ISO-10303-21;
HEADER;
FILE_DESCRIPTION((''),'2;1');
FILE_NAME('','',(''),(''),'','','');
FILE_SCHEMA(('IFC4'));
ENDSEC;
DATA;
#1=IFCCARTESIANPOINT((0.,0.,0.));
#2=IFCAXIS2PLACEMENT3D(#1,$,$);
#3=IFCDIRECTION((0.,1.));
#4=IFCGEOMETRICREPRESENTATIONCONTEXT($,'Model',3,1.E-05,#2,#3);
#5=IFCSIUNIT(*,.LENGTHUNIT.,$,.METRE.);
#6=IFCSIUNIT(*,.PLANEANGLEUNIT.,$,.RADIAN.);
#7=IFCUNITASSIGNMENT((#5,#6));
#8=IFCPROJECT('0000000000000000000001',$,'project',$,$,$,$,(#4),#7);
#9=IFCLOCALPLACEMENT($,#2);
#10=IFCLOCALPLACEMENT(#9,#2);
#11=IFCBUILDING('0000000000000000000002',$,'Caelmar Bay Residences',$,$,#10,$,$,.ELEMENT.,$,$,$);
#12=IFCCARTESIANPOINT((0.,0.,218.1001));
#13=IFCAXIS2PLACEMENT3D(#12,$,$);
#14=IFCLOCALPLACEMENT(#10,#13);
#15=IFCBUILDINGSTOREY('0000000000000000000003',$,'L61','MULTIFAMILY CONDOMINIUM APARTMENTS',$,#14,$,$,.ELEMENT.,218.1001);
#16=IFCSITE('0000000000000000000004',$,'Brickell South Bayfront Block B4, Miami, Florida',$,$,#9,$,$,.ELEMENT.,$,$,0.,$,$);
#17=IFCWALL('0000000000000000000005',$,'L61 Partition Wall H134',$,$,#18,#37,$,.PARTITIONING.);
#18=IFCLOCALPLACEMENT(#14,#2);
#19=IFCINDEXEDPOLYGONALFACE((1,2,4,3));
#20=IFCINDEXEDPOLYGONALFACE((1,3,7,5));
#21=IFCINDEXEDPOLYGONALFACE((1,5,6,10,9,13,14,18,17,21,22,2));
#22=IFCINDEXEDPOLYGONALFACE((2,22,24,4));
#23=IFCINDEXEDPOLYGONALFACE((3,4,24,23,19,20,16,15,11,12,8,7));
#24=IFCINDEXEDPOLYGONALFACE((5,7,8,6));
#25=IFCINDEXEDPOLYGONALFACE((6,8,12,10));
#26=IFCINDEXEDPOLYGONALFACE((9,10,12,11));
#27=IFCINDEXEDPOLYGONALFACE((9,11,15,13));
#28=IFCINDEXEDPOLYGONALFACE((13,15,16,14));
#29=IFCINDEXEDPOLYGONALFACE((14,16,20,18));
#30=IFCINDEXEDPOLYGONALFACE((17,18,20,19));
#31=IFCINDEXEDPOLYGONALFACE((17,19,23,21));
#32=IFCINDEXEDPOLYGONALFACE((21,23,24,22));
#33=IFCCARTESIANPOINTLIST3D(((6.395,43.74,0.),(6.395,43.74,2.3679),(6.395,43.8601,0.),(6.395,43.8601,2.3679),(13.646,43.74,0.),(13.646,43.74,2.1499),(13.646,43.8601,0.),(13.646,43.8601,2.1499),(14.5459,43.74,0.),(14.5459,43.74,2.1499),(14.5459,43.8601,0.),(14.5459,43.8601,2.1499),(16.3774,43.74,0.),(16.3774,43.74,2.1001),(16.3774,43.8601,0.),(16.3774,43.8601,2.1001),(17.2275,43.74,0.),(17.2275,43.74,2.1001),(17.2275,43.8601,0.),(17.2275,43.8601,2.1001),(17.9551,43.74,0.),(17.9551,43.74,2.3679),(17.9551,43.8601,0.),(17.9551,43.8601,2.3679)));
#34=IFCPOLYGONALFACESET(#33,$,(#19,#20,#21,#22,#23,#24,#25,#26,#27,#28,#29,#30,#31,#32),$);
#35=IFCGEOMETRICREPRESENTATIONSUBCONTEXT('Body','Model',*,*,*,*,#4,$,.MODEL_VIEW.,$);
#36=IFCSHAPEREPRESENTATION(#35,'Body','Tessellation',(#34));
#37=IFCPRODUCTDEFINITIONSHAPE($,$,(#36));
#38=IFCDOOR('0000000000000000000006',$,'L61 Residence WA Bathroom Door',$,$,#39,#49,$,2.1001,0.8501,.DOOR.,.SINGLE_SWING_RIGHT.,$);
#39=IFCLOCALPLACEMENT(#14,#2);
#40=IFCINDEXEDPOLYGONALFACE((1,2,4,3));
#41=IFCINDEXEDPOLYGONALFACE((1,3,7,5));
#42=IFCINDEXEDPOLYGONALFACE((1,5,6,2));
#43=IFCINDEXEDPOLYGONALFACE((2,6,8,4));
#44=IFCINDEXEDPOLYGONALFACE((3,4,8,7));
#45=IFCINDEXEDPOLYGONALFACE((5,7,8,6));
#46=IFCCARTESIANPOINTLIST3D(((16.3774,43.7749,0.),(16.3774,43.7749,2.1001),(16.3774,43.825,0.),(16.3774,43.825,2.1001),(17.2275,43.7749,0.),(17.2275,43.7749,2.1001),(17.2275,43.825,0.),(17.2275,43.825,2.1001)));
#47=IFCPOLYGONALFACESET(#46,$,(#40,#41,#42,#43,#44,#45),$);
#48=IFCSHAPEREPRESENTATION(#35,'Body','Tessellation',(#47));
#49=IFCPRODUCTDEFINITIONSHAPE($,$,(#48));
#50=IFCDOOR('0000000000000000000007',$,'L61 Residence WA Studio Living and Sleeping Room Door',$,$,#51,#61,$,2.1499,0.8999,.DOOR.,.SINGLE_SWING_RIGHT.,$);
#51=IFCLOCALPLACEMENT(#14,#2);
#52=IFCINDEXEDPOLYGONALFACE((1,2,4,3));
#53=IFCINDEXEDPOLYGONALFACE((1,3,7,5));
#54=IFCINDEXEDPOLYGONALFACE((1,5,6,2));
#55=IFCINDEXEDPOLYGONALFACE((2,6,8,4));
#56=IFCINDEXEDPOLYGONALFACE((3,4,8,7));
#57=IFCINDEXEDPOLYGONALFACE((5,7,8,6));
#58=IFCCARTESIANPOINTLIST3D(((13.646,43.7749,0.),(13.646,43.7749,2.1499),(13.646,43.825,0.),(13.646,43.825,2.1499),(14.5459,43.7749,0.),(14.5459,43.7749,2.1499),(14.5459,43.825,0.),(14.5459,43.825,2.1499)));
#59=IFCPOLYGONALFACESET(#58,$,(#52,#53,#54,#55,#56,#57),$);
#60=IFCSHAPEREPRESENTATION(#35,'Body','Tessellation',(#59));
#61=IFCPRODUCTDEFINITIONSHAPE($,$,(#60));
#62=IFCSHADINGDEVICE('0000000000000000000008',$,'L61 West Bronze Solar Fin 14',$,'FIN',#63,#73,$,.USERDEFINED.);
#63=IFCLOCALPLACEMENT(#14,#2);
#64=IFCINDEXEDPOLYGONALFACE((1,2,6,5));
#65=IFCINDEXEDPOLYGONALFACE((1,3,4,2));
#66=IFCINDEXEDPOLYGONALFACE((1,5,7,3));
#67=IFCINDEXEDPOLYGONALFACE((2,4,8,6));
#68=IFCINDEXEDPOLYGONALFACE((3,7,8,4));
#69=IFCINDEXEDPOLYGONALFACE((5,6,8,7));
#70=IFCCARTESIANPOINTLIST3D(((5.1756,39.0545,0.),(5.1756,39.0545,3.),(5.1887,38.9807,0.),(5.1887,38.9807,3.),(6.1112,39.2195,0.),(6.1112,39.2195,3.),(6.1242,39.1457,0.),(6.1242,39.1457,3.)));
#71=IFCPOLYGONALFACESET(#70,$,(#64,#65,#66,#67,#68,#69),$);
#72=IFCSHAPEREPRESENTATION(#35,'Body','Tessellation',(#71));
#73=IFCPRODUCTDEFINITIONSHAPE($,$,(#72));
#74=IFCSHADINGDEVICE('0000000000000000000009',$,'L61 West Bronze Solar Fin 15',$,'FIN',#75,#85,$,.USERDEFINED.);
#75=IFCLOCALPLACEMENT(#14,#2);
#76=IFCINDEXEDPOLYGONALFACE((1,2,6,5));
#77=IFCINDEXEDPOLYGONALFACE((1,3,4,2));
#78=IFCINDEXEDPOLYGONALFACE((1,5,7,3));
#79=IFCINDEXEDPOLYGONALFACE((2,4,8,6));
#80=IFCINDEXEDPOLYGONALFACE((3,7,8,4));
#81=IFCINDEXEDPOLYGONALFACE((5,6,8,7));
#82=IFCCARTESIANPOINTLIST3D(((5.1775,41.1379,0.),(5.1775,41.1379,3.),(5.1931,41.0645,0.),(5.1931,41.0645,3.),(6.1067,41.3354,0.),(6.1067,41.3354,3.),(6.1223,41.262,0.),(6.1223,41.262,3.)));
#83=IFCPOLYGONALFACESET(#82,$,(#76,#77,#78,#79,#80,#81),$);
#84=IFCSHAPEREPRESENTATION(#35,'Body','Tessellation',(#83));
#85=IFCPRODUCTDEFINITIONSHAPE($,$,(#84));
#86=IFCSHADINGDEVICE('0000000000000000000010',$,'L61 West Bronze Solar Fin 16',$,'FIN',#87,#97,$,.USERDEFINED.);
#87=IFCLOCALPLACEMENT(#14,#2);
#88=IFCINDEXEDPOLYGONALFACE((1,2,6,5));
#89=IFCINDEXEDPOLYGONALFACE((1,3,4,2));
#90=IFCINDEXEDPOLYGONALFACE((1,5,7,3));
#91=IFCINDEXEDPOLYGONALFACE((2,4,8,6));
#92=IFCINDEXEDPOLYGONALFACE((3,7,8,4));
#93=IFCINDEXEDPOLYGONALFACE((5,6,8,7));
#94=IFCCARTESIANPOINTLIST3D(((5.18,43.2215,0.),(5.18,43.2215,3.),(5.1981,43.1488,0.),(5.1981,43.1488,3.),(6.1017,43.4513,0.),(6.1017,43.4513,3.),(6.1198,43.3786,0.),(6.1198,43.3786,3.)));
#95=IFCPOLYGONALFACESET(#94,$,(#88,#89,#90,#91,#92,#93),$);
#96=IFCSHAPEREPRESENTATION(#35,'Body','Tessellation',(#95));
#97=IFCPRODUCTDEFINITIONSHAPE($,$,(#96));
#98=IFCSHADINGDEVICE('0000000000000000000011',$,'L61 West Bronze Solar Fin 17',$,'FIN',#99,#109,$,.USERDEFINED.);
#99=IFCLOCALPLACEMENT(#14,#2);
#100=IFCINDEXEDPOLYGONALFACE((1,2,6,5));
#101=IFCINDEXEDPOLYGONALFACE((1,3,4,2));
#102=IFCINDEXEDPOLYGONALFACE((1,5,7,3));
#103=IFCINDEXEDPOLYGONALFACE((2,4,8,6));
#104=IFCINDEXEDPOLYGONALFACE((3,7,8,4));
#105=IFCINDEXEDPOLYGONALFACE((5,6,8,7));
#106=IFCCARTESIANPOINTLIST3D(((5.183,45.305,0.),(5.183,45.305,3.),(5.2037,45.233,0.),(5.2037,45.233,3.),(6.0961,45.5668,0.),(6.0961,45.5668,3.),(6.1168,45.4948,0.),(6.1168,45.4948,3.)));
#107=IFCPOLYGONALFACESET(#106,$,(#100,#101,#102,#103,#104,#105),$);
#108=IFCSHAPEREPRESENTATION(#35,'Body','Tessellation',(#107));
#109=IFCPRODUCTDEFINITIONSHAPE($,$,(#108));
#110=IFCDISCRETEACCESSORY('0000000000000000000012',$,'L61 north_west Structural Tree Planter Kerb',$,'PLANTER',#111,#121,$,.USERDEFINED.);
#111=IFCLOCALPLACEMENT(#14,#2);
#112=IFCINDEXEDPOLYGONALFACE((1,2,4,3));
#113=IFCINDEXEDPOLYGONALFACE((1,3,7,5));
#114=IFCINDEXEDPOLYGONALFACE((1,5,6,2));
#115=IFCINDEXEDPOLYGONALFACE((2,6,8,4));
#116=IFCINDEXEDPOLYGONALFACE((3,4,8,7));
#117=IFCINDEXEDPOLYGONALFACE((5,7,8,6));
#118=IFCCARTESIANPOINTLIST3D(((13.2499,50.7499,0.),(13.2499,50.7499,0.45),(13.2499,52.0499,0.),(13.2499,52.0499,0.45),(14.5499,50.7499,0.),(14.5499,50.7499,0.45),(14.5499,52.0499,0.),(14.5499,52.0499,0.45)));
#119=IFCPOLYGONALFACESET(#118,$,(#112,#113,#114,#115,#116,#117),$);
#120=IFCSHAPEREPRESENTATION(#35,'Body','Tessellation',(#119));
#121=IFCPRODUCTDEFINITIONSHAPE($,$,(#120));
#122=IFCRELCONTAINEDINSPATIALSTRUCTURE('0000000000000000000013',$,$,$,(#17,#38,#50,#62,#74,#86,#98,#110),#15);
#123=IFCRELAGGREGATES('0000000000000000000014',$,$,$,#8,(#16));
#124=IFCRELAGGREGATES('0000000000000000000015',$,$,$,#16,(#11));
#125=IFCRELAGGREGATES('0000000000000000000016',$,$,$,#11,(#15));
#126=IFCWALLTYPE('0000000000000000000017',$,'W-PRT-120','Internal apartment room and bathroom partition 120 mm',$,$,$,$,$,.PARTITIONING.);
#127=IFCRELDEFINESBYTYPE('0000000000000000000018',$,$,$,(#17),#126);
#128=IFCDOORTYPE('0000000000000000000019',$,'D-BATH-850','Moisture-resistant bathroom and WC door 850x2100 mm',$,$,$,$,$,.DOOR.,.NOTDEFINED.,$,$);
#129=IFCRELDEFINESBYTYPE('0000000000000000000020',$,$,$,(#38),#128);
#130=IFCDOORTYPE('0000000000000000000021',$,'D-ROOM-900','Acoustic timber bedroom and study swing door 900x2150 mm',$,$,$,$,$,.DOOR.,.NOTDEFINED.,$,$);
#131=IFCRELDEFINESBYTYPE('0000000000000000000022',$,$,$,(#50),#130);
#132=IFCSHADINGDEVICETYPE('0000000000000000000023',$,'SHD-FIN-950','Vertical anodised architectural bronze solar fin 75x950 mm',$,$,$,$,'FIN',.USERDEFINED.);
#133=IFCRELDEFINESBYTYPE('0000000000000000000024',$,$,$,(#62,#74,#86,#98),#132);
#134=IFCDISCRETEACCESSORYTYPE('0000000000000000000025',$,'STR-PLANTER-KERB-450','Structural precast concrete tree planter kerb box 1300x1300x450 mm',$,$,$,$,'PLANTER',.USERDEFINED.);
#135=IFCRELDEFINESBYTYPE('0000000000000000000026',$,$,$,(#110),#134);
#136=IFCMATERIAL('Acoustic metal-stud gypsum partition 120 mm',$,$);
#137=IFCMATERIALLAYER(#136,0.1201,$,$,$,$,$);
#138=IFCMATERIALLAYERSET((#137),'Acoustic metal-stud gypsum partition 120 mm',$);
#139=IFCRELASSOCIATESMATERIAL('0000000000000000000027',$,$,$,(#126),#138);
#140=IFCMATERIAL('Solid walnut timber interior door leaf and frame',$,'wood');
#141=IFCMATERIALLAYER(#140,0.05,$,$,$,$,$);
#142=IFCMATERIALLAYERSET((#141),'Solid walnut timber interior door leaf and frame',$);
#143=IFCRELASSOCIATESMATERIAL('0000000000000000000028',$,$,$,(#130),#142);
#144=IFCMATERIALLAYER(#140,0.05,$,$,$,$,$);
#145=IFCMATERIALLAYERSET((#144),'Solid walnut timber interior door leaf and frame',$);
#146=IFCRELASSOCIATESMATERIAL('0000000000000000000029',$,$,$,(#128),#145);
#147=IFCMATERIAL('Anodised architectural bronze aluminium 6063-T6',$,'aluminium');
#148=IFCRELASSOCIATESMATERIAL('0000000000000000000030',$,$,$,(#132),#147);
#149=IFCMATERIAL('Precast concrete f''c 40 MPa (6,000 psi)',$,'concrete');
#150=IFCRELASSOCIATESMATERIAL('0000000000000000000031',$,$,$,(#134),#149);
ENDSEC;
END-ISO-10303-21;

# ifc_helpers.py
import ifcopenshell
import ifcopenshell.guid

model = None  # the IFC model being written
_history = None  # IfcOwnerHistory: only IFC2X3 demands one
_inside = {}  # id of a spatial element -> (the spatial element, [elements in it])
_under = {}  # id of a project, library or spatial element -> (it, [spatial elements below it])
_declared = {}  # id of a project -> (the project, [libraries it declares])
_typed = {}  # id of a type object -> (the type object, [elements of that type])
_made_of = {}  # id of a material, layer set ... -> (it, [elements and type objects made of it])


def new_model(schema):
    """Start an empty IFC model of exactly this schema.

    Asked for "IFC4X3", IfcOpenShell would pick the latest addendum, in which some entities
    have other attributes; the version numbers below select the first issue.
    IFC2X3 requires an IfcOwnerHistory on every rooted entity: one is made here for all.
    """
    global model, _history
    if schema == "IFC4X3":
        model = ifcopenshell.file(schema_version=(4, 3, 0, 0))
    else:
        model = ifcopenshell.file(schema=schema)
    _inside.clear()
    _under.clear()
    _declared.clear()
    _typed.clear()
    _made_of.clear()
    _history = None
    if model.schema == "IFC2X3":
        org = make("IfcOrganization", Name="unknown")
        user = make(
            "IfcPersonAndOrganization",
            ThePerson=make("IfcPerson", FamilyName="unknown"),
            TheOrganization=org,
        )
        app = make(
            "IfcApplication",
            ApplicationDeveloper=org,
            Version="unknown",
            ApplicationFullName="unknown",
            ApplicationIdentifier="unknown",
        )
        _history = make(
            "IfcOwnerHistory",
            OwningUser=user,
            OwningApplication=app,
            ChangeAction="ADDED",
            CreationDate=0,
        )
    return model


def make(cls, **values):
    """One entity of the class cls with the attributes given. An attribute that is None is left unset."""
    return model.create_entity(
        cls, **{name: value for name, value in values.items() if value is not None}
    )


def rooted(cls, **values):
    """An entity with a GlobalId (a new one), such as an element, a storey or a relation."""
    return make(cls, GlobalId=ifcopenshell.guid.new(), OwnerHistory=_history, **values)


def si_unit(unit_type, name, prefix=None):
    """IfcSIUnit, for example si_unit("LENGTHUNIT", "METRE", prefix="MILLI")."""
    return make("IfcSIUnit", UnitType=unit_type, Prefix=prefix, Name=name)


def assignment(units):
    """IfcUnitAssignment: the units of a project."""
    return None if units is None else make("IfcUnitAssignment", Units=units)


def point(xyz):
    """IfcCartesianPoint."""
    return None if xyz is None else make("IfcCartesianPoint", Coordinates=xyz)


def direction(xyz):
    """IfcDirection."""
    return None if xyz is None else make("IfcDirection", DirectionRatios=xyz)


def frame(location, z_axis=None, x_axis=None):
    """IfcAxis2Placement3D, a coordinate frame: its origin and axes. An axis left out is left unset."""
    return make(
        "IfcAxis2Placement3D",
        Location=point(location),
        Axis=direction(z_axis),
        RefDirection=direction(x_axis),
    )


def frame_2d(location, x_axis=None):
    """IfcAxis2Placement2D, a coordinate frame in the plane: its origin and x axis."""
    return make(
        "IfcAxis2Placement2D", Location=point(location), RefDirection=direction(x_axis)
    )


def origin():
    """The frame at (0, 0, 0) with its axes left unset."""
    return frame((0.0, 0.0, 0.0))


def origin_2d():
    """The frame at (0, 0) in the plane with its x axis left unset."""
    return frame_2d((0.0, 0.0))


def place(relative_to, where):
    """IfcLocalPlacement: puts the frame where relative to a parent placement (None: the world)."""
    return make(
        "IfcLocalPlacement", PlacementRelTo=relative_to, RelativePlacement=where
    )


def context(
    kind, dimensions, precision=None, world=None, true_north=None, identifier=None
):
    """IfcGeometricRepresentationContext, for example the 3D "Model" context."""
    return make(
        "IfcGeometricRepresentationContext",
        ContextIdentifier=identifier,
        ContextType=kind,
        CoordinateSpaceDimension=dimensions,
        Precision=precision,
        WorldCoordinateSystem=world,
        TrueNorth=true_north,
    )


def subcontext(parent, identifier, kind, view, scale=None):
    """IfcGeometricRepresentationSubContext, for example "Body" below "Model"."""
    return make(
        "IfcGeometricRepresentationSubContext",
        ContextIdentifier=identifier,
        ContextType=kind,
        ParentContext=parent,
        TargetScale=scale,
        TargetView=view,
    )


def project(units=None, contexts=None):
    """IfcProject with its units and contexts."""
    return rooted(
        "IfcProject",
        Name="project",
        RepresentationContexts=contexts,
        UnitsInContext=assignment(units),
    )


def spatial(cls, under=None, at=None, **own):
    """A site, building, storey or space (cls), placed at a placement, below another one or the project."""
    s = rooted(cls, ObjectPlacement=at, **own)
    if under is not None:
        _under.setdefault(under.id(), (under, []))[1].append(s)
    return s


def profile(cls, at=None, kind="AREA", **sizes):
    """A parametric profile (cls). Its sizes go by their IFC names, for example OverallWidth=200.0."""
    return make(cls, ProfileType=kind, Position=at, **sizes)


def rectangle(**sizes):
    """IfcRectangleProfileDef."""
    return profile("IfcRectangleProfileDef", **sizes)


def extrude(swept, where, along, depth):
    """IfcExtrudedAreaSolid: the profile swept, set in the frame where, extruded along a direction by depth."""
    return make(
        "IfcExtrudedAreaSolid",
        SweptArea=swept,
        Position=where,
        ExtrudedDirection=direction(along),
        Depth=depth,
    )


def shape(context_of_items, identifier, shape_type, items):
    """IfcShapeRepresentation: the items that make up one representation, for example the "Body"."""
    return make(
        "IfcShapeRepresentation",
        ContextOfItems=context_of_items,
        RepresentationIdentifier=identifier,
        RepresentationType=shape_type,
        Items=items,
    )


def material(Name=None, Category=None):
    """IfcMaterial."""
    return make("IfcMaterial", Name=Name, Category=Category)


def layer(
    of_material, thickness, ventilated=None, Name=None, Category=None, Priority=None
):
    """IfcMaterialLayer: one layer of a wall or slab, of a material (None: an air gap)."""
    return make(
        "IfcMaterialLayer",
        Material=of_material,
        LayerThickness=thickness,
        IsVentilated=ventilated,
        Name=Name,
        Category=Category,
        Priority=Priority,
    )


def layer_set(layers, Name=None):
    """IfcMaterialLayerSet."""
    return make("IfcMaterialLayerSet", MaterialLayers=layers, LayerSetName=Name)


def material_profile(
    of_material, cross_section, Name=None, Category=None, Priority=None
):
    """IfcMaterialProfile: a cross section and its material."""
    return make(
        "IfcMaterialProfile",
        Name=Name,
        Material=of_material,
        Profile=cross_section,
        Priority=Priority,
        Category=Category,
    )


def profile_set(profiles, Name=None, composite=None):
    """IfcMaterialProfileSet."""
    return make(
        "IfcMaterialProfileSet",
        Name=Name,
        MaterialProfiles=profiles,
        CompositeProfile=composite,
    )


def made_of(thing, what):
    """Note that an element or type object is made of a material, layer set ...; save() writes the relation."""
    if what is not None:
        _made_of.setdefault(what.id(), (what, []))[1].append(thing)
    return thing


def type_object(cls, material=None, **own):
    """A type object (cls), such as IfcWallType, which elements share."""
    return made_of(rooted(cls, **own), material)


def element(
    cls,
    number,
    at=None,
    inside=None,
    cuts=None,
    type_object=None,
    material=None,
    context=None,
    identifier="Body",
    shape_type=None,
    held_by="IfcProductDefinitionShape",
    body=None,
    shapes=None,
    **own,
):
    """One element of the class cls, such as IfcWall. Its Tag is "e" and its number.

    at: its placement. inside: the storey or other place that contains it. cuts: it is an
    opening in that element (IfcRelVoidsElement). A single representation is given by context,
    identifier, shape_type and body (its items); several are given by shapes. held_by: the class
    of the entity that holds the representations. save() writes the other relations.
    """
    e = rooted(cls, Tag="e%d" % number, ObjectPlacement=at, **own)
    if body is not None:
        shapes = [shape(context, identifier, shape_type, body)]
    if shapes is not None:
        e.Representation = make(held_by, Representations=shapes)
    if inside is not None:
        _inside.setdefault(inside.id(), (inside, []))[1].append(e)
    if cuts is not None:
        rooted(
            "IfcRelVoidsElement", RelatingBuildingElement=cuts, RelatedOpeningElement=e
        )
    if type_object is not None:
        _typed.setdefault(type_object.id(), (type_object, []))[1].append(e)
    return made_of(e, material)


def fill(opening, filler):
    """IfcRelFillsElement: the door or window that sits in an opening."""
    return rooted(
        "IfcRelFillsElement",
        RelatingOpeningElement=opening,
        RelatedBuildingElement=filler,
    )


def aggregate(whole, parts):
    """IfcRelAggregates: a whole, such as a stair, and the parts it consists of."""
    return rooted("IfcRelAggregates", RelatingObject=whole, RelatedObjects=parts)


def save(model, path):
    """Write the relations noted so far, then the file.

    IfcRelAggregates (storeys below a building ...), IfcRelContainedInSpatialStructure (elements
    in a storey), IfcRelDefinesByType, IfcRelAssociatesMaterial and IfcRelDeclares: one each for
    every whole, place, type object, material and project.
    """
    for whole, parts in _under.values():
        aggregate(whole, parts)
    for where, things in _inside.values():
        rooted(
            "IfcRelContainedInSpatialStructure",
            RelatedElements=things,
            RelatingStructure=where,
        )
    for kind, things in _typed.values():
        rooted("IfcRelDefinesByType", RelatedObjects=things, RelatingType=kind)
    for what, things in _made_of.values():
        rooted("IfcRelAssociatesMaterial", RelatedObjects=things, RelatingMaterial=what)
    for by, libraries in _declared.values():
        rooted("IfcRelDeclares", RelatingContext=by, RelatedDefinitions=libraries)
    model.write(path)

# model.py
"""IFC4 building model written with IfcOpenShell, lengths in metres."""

from ifc_helpers import new_model, si_unit, direction, frame, frame_2d, origin, origin_2d, place, context, subcontext, project, spatial, rectangle, extrude, material, layer, layer_set, material_profile, profile_set, type_object, element, fill, save


model = new_model("IFC4")

# Units and contexts
model_context = context("Model", 3, precision=1e-05, world=origin(), true_north=direction((0.0, 1.0)))
body_context = subcontext(model_context, "Body", "Model", "MODEL_VIEW")
ifc_project = project(units=[si_unit("LENGTHUNIT", "METRE"), si_unit("PLANEANGLEUNIT", "RADIAN")], contexts=[model_context])

# Site, building, storey
site_placement = place(None, origin())
site = spatial("IfcSite", under=ifc_project, at=site_placement, Name="Brickell South Bayfront Block B4, Miami, Florida", CompositionType="ELEMENT", RefElevation=0.0)
building_placement = place(site_placement, origin())
building = spatial("IfcBuilding", under=site, at=building_placement, Name="Caelmar Bay Residences", CompositionType="ELEMENT")
storey_placement = place(building_placement, frame((0.0, 0.0, 218.1001)))
storey = spatial("IfcBuildingStorey", under=building, at=storey_placement, Name="L61", Description="MULTIFAMILY CONDOMINIUM APARTMENTS", CompositionType="ELEMENT", Elevation=218.1001)

# Shared definitions
ifc_material_1 = material(Name="Precast concrete f'c 40 MPa (6,000 psi)", Category="concrete")

# Shared definitions
ifc_material_2 = material(Name="Acoustic metal-stud gypsum partition 120 mm")
ifc_layer_1 = layer(ifc_material_2, 0.1201)
ifc_layer_set_1 = layer_set([ifc_layer_1], Name="Acoustic metal-stud gypsum partition 120 mm")
wall_type_1 = type_object("IfcWallType", Name="W-PRT-120", Description="Internal apartment room and bathroom partition 120 mm", PredefinedType="PARTITIONING", material=ifc_layer_set_1)
ifc_material_3 = material(Name="Solid walnut timber interior door leaf and frame", Category="wood")
ifc_layer_2 = layer(ifc_material_3, 0.05)
ifc_layer_set_2 = layer_set([ifc_layer_2], Name="Solid walnut timber interior door leaf and frame")
door_type_1 = type_object("IfcDoorType", Name="D-ROOM-900", Description="Acoustic timber bedroom and study swing door 900x2150 mm", OperationType="NOTDEFINED", PredefinedType="DOOR", material=ifc_layer_set_2)

# Wall, openings, doors
wall_1_placement = place(storey_placement, frame((6.395, 43.8, 0.0), z_axis=(0.0, 0.0, 1.0), x_axis=(1.0, 0.0, 0.0)))
wall_1 = element("IfcWall", 1, at=wall_1_placement, inside=storey, type_object=wall_type_1, Name="L61 Partition Wall H134", PredefinedType="PARTITIONING", context=body_context, shape_type="SweptSolid", body=[
    extrude(rectangle(XDim=11.5601, YDim=0.1201, at=frame_2d((5.78, 0.0))), origin(), (0.0, 0.0, 1.0), 2.3679),
])
opening_1_placement = place(wall_1_placement, frame((7.251, 0.0, 0.0)))
opening_1 = element("IfcOpeningElement", 2, at=opening_1_placement, cuts=wall_1, PredefinedType="OPENING", context=body_context, shape_type="SweptSolid", body=[
    extrude(rectangle(XDim=0.8999, YDim=2.1499, at=frame_2d((0.45, 1.075))), frame((0.0, 0.0701, 0.0), z_axis=(0.0, -1.0, 0.0), x_axis=(1.0, 0.0, 0.0)), (0.0, 0.0, 1.0), 0.1401),
])
opening_2_placement = place(wall_1_placement, frame((9.9824, 0.0, 0.0)))
opening_2 = element("IfcOpeningElement", 3, at=opening_2_placement, cuts=wall_1, PredefinedType="OPENING", context=body_context, shape_type="SweptSolid", body=[
    extrude(rectangle(XDim=0.8501, YDim=2.1001, at=frame_2d((0.425, 1.05))), frame((0.0, 0.0701, 0.0), z_axis=(0.0, -1.0, 0.0), x_axis=(1.0, 0.0, 0.0)), (0.0, 0.0, 1.0), 0.1401),
])
ifc_layer_3 = layer(ifc_material_3, 0.05)
ifc_layer_set_3 = layer_set([ifc_layer_3], Name="Solid walnut timber interior door leaf and frame")
door_type_2 = type_object("IfcDoorType", Name="D-BATH-850", Description="Moisture-resistant bathroom and WC door 850x2100 mm", OperationType="NOTDEFINED", PredefinedType="DOOR", material=ifc_layer_set_3)
door_1_placement = place(opening_2_placement, origin())
door_1 = element("IfcDoor", 4, at=door_1_placement, inside=storey, type_object=door_type_2, Name="L61 Residence WA Bathroom Door", OperationType="SINGLE_SWING_RIGHT", OverallHeight=2.1001, OverallWidth=0.8501, PredefinedType="DOOR", context=body_context, shape_type="SweptSolid", body=[
    extrude(rectangle(XDim=0.8501, YDim=2.1001, at=frame_2d((0.425, 1.05))), frame((0.0, 0.0249, 0.0), z_axis=(0.0, -1.0, 0.0), x_axis=(1.0, 0.0, 0.0)), (0.0, 0.0, 1.0), 0.05),
])
fill(opening_2, door_1)
door_2_placement = place(opening_1_placement, origin())
door_2 = element("IfcDoor", 5, at=door_2_placement, inside=storey, type_object=door_type_1, Name="L61 Residence WA Studio Living and Sleeping Room Door", OperationType="SINGLE_SWING_RIGHT", OverallHeight=2.1499, OverallWidth=0.8999, PredefinedType="DOOR", context=body_context, shape_type="SweptSolid", body=[
    extrude(rectangle(XDim=0.8999, YDim=2.1499, at=frame_2d((0.45, 1.075))), frame((0.0, 0.0249, 0.0), z_axis=(0.0, -1.0, 0.0), x_axis=(1.0, 0.0, 0.0)), (0.0, 0.0, 1.0), 0.05),
])
fill(opening_1, door_2)

# Shading devices
ifc_material_4 = material(Name="Anodised architectural bronze aluminium 6063-T6", Category="aluminium")
ifc_material_profile_1 = material_profile(ifc_material_4, rectangle(XDim=0.075, YDim=0.95, at=origin_2d()), Name="BRONZE-FIN-75X950")
ifc_profile_set_1 = profile_set([ifc_material_profile_1], Name="Anodised architectural bronze aluminium 6063-T6")
shading_device_type = type_object("IfcShadingDeviceType", Name="SHD-FIN-950", Description="Vertical anodised architectural bronze solar fin 75x950 mm", ElementType="FIN", PredefinedType="USERDEFINED", material=ifc_profile_set_1)
for number, where, z_axis, x_axis, name in (
    (6, (5.6499, 39.1001, 0.0), (0.0, 0.0, 1.0), (-0.173648, 0.984808, 0.0), "L61 West Bronze Solar Fin 14"),
    (7, (5.6499, 41.2, 0.0), (0.0, 0.0, 1.0), (-0.207912, 0.978148, 0.0), "L61 West Bronze Solar Fin 15"),
    (8, (5.6499, 43.3, 0.0), (0.0, 0.0, 1.0), (-0.241922, 0.970296, 0.0), "L61 West Bronze Solar Fin 16"),
    (9, (5.6499, 45.3999, 0.0), (0.0, 0.0, 1.0), (-0.275637, 0.961262, 0.0), "L61 West Bronze Solar Fin 17"),
):
    element("IfcShadingDevice", number, at=place(storey_placement, frame(where, z_axis=z_axis, x_axis=x_axis)), inside=storey, type_object=shading_device_type, Name=name, ObjectType="FIN", PredefinedType="USERDEFINED", context=body_context, shape_type="SweptSolid", body=[
        extrude(rectangle(XDim=0.075, YDim=0.95, at=origin_2d()), origin(), (0.0, 0.0, 1.0), 3.0),
    ])

# Discrete accessory
discrete_accessory_type = type_object("IfcDiscreteAccessoryType", Name="STR-PLANTER-KERB-450", Description="Structural precast concrete tree planter kerb box 1300x1300x450 mm", ElementType="PLANTER", PredefinedType="USERDEFINED", material=ifc_material_1)
discrete_accessory_placement = place(storey_placement, frame((13.8999, 51.3999, 0.0), z_axis=(0.0, 0.0, 1.0), x_axis=(1.0, 0.0, 0.0)))
element("IfcDiscreteAccessory", 10, at=discrete_accessory_placement, inside=storey, type_object=discrete_accessory_type, Name="L61 north_west Structural Tree Planter Kerb", ObjectType="PLANTER", PredefinedType="USERDEFINED", context=body_context, shape_type="SweptSolid", body=[
    extrude(rectangle(XDim=1.3, YDim=1.3, at=origin_2d()), origin(), (0.0, 0.0, 1.0), 0.45),
])

save(model, "model.ifc")
